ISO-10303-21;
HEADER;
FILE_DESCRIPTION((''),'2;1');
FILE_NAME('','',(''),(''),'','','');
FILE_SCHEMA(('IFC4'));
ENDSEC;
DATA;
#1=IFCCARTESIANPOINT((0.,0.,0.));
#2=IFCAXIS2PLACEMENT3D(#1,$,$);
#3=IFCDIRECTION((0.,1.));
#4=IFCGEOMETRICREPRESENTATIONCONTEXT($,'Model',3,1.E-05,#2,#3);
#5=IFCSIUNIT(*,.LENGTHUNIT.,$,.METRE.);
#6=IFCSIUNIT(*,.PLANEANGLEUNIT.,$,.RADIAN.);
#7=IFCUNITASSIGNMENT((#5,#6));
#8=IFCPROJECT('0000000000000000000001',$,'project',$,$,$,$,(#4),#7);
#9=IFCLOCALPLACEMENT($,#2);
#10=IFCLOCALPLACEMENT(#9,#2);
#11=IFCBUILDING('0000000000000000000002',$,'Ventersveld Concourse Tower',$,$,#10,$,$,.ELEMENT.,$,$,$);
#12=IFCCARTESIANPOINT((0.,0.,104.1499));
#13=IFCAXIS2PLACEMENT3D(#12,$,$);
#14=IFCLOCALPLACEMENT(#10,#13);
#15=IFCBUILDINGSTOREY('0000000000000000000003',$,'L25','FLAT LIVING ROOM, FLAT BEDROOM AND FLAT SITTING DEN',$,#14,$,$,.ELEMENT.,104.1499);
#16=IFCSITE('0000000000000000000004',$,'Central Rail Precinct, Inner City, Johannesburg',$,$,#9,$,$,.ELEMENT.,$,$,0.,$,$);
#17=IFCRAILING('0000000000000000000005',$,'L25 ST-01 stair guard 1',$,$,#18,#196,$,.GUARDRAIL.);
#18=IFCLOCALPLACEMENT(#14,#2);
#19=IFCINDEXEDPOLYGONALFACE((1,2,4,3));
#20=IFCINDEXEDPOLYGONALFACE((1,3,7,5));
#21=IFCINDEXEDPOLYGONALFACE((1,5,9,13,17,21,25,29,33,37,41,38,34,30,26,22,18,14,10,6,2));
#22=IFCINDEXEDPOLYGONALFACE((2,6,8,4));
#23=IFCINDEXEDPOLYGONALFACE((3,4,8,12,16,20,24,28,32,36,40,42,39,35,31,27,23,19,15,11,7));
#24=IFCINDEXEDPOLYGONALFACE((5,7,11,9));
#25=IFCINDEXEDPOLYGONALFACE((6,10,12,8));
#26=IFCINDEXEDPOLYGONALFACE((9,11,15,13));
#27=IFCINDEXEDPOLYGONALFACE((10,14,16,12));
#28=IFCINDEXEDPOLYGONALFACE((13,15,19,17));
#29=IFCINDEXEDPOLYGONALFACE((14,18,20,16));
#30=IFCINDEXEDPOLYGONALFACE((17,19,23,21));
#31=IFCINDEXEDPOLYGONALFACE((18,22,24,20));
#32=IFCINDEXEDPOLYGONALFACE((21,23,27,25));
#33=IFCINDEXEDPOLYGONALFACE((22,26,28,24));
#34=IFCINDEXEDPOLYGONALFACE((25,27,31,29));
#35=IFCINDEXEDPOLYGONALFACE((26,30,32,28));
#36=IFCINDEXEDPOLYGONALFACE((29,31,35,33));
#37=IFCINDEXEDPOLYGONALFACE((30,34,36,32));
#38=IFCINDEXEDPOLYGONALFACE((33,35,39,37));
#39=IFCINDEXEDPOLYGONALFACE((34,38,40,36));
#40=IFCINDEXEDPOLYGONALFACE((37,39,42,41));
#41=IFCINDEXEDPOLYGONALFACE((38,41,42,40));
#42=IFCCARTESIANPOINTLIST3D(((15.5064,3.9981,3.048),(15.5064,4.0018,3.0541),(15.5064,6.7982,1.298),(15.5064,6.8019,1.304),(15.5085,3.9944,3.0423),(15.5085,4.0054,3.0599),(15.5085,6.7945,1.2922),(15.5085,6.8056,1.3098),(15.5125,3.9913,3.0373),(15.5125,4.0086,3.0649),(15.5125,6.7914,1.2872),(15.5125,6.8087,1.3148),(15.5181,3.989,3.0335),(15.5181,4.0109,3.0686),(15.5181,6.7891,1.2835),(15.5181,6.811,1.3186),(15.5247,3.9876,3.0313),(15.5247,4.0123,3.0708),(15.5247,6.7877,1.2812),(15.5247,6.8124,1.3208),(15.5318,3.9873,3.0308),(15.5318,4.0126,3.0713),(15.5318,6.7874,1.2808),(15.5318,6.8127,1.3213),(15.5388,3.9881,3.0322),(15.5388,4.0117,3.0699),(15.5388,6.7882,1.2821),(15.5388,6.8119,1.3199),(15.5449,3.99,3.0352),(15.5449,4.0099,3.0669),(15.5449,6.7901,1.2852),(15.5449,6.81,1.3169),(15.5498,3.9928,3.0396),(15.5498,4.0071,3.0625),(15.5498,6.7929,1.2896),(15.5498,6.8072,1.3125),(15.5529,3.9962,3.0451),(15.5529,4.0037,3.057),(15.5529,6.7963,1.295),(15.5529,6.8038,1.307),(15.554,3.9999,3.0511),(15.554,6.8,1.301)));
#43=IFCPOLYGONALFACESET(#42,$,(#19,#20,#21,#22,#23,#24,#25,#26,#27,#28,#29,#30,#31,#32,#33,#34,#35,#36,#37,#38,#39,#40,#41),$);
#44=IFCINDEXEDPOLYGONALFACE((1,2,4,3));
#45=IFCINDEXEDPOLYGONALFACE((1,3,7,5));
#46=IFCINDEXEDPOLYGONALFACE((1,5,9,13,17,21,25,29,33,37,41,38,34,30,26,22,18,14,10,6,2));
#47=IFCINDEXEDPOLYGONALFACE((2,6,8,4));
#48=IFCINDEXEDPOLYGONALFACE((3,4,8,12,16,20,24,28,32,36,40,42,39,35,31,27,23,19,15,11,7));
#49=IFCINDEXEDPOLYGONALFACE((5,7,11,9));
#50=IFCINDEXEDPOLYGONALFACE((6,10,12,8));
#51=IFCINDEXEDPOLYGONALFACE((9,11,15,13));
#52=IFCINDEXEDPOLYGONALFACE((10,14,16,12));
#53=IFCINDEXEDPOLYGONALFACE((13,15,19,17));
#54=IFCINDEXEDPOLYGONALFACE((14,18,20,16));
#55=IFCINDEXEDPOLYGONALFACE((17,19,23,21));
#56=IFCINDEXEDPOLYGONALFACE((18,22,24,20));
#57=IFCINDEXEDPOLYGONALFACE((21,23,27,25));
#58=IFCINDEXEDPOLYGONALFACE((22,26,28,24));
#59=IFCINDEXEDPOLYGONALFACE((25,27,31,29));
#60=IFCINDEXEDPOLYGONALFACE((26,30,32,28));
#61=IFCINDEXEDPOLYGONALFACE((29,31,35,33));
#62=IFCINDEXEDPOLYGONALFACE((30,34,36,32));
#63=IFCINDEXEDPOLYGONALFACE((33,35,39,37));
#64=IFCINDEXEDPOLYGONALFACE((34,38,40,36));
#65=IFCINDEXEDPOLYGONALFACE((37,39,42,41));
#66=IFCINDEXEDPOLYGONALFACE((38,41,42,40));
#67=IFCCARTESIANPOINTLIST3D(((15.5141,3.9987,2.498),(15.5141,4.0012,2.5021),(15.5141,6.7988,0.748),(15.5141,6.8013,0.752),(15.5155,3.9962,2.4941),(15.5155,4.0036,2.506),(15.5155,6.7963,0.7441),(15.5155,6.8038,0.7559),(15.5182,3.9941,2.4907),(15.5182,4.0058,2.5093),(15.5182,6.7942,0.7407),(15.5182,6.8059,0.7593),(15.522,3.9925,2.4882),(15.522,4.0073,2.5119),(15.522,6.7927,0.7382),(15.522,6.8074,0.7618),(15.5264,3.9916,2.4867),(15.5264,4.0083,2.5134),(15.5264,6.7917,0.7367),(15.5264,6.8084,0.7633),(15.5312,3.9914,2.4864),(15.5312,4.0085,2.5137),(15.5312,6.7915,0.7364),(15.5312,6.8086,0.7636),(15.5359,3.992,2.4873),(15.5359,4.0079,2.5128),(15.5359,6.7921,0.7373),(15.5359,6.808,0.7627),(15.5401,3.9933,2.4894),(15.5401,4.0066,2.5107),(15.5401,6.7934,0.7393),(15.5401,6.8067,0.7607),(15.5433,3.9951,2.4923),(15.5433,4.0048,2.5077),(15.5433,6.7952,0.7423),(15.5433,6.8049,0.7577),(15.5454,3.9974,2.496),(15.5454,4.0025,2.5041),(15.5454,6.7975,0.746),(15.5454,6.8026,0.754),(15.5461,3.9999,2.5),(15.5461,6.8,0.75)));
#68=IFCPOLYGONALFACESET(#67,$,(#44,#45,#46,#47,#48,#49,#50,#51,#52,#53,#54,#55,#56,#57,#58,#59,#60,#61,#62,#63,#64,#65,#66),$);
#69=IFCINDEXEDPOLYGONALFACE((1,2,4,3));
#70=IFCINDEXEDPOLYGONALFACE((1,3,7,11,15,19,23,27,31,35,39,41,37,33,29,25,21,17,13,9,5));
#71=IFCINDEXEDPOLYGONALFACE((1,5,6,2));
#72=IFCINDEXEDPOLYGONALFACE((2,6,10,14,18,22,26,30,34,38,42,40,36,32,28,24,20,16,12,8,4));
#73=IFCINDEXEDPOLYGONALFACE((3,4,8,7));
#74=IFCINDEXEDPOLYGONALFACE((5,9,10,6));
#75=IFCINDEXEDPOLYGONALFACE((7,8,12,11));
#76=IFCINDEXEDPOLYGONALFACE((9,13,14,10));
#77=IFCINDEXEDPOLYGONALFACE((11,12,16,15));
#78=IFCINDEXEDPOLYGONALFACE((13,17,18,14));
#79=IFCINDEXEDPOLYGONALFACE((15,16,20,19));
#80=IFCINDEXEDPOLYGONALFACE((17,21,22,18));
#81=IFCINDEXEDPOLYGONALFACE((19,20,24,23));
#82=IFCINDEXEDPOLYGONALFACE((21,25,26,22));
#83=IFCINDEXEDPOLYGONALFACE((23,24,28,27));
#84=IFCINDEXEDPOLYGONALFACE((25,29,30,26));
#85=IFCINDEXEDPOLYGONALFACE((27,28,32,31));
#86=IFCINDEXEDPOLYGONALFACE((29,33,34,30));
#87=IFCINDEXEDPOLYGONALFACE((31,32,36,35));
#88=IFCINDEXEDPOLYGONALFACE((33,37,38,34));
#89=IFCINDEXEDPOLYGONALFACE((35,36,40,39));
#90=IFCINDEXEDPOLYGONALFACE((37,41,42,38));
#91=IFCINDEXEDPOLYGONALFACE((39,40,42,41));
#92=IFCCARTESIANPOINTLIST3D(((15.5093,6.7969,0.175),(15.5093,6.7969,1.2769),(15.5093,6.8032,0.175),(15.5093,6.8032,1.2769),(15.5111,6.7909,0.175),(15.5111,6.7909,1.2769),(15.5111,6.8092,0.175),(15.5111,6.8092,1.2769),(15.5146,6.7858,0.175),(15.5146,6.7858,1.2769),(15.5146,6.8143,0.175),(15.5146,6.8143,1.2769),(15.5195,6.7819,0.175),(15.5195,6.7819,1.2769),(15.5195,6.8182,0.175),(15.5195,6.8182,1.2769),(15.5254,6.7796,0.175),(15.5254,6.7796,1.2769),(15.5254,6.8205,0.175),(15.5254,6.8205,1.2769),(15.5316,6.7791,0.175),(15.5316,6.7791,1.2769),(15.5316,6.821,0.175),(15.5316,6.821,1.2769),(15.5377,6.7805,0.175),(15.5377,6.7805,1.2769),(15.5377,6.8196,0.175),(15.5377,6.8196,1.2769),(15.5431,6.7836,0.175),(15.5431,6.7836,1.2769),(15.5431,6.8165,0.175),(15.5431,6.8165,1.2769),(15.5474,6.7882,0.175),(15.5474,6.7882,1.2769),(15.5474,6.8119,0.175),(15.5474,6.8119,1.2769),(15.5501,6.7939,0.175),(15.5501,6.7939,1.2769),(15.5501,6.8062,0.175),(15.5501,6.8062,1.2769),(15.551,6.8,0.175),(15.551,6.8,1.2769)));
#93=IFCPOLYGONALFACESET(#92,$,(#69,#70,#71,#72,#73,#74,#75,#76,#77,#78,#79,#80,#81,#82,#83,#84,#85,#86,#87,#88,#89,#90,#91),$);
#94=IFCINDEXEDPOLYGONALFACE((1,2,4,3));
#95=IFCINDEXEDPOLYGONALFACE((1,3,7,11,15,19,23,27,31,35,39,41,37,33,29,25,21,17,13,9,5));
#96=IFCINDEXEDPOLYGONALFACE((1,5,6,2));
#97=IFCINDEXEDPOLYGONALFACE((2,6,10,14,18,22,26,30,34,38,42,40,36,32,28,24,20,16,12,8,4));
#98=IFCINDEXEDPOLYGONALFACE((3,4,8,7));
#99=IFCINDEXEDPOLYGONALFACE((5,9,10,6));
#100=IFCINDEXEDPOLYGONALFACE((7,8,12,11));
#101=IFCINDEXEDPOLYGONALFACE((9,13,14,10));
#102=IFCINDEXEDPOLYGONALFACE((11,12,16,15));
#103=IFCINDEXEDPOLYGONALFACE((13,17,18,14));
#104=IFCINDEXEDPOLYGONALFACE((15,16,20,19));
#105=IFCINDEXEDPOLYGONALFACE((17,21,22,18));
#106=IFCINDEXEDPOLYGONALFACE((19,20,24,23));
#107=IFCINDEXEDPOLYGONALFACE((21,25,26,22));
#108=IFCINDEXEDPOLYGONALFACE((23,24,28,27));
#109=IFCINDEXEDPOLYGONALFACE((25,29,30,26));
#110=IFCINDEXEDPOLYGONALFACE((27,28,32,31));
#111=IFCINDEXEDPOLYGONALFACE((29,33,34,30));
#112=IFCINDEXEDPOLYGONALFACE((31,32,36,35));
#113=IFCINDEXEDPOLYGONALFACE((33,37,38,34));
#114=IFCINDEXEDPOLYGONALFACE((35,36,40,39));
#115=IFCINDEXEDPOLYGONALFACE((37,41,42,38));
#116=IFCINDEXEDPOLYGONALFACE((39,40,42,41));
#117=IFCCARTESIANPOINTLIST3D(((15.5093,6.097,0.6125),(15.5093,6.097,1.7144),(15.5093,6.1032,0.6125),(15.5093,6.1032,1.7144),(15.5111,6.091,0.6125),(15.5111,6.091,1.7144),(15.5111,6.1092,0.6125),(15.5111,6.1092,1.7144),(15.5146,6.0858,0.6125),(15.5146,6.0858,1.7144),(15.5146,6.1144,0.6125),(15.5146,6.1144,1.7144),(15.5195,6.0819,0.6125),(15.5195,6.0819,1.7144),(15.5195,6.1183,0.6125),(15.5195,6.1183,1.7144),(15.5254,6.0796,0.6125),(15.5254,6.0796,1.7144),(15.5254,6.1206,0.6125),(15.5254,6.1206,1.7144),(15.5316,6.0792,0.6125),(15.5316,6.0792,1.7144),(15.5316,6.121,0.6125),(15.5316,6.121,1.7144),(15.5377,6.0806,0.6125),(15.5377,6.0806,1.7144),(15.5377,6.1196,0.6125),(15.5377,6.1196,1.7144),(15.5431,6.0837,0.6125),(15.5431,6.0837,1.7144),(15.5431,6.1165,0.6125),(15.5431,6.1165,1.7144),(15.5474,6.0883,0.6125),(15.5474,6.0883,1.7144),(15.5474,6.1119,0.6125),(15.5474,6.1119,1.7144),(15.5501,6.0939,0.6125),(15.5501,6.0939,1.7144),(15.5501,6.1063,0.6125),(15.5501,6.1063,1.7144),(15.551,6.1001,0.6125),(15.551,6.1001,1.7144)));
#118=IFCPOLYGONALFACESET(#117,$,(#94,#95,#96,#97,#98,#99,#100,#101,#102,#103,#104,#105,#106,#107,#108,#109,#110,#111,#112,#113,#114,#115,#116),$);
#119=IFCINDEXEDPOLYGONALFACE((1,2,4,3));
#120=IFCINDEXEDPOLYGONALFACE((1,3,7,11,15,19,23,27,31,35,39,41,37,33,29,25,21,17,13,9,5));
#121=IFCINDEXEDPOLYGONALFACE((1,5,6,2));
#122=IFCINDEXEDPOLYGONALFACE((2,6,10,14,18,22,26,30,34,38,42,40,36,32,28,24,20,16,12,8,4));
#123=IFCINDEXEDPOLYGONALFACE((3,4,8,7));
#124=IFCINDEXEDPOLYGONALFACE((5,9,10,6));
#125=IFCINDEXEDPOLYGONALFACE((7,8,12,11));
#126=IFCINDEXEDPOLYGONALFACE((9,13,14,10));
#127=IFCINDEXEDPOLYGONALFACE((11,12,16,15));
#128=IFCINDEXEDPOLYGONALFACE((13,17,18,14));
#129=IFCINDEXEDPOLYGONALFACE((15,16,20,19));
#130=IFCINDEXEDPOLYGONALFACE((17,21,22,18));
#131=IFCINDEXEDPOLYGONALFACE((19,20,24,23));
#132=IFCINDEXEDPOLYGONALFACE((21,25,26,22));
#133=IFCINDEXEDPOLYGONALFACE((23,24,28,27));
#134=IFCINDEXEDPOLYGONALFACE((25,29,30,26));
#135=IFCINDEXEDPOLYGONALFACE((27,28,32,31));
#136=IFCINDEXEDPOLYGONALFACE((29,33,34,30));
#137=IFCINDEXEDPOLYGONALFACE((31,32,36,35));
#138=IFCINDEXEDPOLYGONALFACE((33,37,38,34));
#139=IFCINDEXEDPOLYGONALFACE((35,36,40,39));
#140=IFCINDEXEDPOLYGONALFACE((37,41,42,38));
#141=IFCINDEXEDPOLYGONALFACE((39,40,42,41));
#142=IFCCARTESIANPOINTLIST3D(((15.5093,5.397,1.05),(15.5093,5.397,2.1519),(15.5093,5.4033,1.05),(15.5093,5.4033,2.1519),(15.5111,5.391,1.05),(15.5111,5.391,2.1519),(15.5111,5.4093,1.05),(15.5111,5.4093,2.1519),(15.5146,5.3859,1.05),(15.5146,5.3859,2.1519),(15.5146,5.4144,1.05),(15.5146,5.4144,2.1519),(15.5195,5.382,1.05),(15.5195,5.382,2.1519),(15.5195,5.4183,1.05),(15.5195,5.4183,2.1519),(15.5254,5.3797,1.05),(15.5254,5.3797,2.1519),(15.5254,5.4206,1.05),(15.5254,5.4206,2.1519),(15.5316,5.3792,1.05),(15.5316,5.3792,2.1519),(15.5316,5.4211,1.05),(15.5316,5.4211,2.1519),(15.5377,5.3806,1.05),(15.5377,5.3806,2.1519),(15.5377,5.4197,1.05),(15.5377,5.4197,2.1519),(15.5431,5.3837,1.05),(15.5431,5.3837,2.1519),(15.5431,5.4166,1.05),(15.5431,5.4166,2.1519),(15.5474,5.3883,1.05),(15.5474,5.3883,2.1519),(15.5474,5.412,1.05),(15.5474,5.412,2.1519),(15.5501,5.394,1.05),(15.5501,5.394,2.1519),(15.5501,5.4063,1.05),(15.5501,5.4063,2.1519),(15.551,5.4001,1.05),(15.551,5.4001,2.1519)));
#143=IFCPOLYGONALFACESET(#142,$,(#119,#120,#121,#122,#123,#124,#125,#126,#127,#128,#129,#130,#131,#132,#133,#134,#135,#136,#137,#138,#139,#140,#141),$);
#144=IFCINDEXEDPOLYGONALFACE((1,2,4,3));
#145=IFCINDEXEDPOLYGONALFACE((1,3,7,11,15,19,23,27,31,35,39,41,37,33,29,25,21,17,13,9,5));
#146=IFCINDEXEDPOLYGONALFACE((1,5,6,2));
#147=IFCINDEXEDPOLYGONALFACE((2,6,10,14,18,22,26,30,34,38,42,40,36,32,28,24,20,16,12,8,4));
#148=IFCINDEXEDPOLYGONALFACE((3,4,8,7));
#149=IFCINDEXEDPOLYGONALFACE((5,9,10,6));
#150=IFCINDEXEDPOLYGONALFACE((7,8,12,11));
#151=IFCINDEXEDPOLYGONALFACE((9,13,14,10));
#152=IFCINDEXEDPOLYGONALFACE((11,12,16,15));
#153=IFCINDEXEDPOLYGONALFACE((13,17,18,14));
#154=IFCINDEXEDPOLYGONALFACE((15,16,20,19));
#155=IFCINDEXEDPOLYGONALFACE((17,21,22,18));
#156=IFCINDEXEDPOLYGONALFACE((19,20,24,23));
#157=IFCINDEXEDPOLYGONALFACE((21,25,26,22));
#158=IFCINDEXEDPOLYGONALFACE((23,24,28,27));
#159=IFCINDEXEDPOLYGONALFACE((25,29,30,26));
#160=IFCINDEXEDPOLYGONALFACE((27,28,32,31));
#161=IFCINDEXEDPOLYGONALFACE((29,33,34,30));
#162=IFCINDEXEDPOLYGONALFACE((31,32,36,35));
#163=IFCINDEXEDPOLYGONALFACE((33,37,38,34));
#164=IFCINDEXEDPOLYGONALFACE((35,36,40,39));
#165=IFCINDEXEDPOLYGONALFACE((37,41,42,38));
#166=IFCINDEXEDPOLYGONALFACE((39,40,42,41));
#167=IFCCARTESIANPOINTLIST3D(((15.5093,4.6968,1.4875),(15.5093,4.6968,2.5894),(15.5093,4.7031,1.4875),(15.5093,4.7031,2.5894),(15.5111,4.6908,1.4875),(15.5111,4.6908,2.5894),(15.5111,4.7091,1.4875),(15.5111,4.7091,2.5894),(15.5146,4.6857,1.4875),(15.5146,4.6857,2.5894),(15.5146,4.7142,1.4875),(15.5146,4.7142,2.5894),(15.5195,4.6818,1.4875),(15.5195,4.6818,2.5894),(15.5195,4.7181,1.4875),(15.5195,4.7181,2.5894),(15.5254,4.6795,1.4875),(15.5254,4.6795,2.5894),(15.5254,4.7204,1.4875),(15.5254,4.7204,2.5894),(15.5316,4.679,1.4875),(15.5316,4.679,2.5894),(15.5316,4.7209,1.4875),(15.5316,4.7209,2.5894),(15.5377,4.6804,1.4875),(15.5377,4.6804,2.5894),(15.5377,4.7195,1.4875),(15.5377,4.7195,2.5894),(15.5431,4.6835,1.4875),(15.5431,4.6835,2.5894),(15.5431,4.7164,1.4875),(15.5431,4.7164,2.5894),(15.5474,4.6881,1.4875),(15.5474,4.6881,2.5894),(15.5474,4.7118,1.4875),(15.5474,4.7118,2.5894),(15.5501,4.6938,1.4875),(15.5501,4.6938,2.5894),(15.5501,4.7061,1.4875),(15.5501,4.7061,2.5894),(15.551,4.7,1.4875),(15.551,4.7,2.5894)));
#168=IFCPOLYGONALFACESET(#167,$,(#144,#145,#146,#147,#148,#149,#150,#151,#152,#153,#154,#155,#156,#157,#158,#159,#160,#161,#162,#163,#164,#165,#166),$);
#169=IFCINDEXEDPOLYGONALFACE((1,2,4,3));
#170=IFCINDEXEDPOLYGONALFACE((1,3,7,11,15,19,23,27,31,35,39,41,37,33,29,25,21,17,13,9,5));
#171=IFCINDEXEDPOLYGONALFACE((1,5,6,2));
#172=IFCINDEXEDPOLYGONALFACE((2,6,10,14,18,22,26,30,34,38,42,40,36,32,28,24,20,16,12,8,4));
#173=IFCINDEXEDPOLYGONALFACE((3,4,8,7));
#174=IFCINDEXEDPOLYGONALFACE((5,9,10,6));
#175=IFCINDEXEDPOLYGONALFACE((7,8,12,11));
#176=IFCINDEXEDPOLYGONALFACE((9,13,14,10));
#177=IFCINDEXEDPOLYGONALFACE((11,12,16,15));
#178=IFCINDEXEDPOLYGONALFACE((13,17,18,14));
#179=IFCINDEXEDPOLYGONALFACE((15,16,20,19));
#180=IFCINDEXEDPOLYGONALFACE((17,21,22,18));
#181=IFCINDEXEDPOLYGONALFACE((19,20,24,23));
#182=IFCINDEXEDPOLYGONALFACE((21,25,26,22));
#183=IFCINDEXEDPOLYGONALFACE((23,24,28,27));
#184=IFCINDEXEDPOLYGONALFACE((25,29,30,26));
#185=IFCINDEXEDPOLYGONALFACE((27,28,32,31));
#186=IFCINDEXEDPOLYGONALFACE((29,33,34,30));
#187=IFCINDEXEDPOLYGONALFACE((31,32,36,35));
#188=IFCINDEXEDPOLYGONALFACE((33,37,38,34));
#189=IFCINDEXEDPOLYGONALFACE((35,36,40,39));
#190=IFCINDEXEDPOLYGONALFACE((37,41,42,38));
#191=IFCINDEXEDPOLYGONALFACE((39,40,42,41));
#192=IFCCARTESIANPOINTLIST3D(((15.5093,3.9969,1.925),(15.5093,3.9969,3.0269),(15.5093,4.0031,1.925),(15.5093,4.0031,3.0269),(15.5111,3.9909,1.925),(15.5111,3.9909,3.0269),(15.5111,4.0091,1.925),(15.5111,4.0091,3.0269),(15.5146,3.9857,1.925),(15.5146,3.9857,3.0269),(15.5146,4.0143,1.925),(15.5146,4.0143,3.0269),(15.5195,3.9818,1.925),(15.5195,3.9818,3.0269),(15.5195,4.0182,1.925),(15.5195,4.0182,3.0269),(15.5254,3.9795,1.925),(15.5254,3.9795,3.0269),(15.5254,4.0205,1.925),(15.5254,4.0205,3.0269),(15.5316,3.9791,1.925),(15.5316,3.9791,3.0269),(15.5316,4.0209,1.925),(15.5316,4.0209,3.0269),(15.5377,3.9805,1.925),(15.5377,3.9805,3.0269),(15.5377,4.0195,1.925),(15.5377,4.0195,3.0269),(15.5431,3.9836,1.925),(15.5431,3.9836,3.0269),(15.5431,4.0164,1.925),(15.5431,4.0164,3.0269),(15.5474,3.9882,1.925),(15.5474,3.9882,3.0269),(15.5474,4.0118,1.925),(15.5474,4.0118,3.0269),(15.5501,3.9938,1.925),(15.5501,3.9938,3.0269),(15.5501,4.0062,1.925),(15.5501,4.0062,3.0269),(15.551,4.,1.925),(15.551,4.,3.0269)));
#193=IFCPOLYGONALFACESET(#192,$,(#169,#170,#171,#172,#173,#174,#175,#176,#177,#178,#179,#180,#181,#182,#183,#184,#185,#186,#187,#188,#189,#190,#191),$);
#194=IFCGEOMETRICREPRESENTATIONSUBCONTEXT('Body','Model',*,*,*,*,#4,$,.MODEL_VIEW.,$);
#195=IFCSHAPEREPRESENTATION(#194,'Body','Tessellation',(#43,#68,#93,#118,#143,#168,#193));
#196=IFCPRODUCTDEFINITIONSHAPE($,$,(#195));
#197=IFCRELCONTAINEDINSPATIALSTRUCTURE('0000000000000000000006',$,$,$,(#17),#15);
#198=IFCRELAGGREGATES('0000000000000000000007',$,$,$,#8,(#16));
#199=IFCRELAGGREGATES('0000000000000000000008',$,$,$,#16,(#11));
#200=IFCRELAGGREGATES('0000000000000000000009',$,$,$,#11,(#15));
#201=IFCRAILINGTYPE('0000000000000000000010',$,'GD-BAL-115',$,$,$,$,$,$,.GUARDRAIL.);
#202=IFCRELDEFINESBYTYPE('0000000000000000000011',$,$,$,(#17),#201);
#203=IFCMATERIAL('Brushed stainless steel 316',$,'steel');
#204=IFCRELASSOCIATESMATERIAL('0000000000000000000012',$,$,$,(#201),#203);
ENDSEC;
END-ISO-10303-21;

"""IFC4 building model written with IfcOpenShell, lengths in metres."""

from ifc_helpers import new_model, si_unit, direction, frame, origin, origin_2d, place, context, subcontext, project, spatial, circle, extrude, material, type_object, element, save


model = new_model("IFC4")

# Units and contexts
model_context = context("Model", 3, precision=1e-05, world=origin(), true_north=direction((0.0, 1.0)))
body_context = subcontext(model_context, "Body", "Model", "MODEL_VIEW")
ifc_project = project(units=[si_unit("LENGTHUNIT", "METRE"), si_unit("PLANEANGLEUNIT", "RADIAN")], contexts=[model_context])

# Site, building, storey
site_placement = place(None, origin())
site = spatial("IfcSite", under=ifc_project, at=site_placement, Name="Central Rail Precinct, Inner City, Johannesburg", CompositionType="ELEMENT", RefElevation=0.0)
building_placement = place(site_placement, origin())
building = spatial("IfcBuilding", under=site, at=building_placement, Name="Ventersveld Concourse Tower", CompositionType="ELEMENT")
storey_placement = place(building_placement, frame((0.0, 0.0, 104.1499)))
storey = spatial("IfcBuildingStorey", under=building, at=storey_placement, Name="L25", Description="FLAT LIVING ROOM, FLAT BEDROOM AND FLAT SITTING DEN", CompositionType="ELEMENT", Elevation=104.1499)

# Railing
ifc_material_1 = material(Name="Brushed stainless steel 316", Category="steel")
railing_type_1 = type_object("IfcRailingType", Name="GD-BAL-115", PredefinedType="GUARDRAIL", material=ifc_material_1)
railing_1_placement = place(storey_placement, frame((15.53, 6.8, 0.175)))
element("IfcRailing", 1, at=railing_1_placement, inside=storey, type_object=railing_type_1, Name="L25 ST-01 stair guard 1", PredefinedType="GUARDRAIL", context=body_context, shape_type="SweptSolid", body=[
    extrude(circle(Radius=0.0239, at=origin_2d()), frame((0.0, 0.0, 1.126), z_axis=(0.0, -0.848002, 0.529992), x_axis=(1.0, 0.0, 0.0)), (0.0, 0.0, 1.0), 3.302),
    extrude(circle(Radius=0.0161, at=origin_2d()), frame((0.0, 0.0, 0.575), z_axis=(0.0, -0.848002, 0.529992), x_axis=(1.0, 0.0, 0.0)), (0.0, 0.0, 1.0), 3.302),
    extrude(circle(Radius=0.021, at=origin_2d()), origin(), (0.0, 0.0, 1.0), 1.1018),
    extrude(circle(Radius=0.021, at=origin_2d()), frame((0.0, -0.7, 0.4375)), (0.0, 0.0, 1.0), 1.1018),
    extrude(circle(Radius=0.021, at=origin_2d()), frame((0.0, -1.3999, 0.875)), (0.0, 0.0, 1.0), 1.1018),
    extrude(circle(Radius=0.021, at=origin_2d()), frame((0.0, -2.1001, 1.3125)), (0.0, 0.0, 1.0), 1.1018),
    extrude(circle(Radius=0.021, at=origin_2d()), frame((0.0, -2.8, 1.75)), (0.0, 0.0, 1.0), 1.1018),
])

save(model, "model.ifc")
